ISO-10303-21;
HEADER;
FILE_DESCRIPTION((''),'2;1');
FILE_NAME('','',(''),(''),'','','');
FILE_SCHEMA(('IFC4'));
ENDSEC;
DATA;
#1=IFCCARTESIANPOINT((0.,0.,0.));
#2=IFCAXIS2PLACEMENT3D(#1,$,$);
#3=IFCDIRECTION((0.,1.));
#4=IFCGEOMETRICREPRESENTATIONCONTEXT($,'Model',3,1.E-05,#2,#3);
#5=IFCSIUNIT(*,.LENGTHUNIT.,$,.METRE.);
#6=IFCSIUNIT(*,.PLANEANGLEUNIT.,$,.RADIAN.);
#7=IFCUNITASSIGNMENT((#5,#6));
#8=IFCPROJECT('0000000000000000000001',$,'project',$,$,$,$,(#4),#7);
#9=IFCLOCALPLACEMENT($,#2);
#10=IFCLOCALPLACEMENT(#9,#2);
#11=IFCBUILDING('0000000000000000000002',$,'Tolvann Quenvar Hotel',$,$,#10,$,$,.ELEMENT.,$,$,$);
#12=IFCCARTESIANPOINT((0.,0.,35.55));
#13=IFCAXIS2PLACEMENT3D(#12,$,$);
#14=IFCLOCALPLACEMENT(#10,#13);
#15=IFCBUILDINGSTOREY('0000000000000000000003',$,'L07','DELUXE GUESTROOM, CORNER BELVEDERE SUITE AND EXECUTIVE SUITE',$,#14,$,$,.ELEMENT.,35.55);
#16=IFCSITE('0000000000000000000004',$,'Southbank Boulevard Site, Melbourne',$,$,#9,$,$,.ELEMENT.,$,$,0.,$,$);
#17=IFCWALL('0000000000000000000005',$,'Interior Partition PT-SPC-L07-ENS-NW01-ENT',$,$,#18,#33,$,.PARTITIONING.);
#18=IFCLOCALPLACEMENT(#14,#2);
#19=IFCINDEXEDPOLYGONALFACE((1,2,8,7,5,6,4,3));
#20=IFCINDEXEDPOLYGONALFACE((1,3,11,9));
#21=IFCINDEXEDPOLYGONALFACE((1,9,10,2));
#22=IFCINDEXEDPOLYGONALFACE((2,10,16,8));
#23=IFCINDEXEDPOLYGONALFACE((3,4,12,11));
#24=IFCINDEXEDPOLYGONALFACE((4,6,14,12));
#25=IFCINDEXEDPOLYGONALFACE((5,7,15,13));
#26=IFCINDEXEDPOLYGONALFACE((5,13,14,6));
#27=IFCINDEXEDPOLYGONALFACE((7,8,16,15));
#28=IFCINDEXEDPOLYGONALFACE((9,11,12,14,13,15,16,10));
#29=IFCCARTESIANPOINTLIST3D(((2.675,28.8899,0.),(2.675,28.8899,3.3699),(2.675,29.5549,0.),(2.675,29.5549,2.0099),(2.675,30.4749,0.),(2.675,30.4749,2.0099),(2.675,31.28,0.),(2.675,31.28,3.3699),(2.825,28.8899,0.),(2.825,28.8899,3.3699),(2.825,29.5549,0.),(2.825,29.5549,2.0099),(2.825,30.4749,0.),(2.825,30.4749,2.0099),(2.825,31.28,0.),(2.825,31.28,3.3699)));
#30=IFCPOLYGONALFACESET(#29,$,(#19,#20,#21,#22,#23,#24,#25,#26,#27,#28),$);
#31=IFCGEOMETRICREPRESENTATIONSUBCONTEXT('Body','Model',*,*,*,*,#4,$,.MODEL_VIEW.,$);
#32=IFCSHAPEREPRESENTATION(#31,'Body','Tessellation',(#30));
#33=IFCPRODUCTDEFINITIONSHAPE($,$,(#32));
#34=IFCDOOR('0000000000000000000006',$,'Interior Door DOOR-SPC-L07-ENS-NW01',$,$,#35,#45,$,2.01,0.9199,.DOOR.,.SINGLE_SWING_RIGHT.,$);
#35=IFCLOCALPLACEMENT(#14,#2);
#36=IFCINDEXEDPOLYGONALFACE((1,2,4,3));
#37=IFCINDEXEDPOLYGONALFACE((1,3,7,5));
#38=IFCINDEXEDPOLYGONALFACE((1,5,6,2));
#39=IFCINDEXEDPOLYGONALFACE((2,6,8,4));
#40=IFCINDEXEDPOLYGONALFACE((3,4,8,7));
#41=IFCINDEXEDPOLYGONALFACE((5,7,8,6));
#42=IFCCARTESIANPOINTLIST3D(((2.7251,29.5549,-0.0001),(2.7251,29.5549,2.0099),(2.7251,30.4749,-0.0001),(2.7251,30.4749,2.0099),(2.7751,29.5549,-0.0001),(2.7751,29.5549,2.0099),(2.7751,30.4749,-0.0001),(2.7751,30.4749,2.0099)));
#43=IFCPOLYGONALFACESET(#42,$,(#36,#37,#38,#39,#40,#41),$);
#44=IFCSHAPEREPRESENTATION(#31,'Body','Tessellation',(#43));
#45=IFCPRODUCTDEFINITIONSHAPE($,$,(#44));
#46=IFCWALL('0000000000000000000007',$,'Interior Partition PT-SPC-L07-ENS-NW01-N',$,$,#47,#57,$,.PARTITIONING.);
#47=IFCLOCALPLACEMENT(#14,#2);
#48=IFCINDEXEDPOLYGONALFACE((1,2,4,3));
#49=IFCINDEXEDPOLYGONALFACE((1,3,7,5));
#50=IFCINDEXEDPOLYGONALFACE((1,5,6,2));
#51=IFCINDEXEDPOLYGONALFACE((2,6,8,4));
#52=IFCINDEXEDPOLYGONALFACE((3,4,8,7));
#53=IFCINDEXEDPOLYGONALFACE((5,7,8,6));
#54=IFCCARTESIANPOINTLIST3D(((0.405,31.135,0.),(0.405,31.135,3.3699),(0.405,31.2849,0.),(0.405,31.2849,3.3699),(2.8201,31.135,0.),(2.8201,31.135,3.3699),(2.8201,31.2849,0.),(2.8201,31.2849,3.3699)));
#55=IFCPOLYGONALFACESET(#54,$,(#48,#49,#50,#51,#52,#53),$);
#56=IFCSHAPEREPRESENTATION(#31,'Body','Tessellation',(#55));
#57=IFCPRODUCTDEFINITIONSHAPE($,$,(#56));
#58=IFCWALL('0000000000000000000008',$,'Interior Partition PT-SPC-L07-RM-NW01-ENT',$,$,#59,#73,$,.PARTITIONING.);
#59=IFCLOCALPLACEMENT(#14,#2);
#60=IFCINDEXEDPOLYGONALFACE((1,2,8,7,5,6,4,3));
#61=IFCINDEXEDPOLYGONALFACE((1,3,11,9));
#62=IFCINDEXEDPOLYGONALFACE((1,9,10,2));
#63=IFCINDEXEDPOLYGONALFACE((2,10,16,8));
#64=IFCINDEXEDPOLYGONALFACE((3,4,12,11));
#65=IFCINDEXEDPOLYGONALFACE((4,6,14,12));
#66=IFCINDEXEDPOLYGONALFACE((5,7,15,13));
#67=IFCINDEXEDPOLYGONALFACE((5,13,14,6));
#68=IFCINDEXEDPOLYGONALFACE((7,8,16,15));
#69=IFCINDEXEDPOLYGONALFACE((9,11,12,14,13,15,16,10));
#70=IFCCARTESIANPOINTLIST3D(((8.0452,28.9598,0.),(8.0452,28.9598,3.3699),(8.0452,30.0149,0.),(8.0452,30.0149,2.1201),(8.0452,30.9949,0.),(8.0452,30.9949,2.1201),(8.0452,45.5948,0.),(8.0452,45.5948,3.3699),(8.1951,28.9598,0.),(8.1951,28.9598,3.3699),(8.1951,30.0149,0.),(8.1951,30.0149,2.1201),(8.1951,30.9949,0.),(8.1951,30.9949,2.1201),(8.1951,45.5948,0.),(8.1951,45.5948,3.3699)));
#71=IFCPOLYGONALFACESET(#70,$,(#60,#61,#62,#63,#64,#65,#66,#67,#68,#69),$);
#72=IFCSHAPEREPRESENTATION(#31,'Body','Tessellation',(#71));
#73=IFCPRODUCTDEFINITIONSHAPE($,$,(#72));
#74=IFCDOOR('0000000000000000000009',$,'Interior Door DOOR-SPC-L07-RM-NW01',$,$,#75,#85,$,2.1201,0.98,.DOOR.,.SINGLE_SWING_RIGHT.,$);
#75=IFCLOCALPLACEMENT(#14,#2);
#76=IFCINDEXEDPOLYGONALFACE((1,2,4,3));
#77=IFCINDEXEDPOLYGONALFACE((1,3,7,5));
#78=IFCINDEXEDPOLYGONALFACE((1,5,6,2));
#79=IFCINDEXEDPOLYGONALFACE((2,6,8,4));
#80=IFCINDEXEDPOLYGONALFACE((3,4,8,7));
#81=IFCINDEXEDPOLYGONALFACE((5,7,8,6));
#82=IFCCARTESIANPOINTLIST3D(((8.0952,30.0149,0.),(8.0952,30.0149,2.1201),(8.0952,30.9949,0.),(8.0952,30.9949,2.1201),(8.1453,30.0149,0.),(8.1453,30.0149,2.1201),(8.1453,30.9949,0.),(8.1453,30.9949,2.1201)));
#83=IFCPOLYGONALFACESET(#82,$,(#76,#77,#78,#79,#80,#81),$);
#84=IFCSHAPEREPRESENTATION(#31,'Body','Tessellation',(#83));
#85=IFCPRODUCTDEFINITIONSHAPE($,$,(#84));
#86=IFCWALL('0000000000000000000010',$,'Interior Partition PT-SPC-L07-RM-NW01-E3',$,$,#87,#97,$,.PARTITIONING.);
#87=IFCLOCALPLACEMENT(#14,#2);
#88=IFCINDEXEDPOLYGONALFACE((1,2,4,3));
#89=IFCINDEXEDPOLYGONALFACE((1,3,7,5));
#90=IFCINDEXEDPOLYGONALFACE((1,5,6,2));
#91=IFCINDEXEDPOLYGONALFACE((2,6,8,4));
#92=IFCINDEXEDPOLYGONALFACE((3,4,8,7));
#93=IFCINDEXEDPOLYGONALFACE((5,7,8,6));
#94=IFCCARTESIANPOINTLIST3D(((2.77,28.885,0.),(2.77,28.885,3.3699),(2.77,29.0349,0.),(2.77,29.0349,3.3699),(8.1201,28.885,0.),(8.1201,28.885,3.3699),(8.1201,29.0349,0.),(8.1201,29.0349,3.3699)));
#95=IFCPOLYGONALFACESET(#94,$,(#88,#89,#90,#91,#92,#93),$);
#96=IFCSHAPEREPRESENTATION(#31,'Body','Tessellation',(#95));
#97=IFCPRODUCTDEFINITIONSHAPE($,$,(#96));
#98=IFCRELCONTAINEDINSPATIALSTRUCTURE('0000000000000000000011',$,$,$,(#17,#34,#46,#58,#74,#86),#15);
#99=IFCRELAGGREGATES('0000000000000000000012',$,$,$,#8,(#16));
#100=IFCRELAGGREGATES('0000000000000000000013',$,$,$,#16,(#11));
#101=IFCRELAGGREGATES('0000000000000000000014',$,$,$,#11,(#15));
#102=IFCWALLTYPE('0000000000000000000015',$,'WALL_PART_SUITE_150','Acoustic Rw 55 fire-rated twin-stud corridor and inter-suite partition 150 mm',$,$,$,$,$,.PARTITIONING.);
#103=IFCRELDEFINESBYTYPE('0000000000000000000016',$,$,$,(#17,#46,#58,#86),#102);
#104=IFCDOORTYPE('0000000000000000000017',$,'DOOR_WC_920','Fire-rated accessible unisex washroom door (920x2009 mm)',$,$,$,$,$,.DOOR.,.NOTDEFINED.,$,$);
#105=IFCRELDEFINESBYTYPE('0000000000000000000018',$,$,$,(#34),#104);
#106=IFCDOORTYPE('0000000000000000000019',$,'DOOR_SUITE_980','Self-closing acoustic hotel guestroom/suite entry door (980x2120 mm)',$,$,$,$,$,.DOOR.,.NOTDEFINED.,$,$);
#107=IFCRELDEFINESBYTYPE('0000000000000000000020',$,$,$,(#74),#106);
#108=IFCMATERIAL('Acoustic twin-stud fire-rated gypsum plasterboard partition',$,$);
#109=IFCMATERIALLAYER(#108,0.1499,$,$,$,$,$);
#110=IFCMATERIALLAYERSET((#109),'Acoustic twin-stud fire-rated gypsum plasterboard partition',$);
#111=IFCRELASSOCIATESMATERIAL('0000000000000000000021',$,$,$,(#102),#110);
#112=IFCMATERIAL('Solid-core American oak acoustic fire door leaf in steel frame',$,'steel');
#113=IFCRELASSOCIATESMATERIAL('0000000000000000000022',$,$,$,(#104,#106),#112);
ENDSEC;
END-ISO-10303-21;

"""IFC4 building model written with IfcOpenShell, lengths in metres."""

from ifc_helpers import new_model, si_unit, direction, frame, frame_2d, origin, place, context, subcontext, project, spatial, rectangle, extrude, source, transform, mapped, material, layer, layer_set, type_object, type_shapes, element, fill, save


model = new_model("IFC4")

# Units and contexts
model_context = context("Model", 3, precision=1e-05, world=origin(), true_north=direction((0.0, 1.0)))
body_context = subcontext(model_context, "Body", "Model", "MODEL_VIEW")
ifc_project = project(units=[si_unit("LENGTHUNIT", "METRE"), si_unit("PLANEANGLEUNIT", "RADIAN")], contexts=[model_context])

# Site, building, storey
site_placement = place(None, origin())
site = spatial("IfcSite", under=ifc_project, at=site_placement, Name="Southbank Boulevard Site, Melbourne", CompositionType="ELEMENT", RefElevation=0.0)
building_placement = place(site_placement, origin())
building = spatial("IfcBuilding", under=site, at=building_placement, Name="Tolvann Quenvar Hotel", CompositionType="ELEMENT")
storey_placement = place(building_placement, frame((0.0, 0.0, 35.55)))
storey = spatial("IfcBuildingStorey", under=building, at=storey_placement, Name="L07", Description="DELUXE GUESTROOM, CORNER BELVEDERE SUITE AND EXECUTIVE SUITE", CompositionType="ELEMENT", Elevation=35.55)

# Shared definitions
ifc_material_1 = material(Name="Solid-core American oak acoustic fire door leaf in steel frame", Category="steel")

# Shared definitions
ifc_material_2 = material(Name="Acoustic twin-stud fire-rated gypsum plasterboard partition")

# Wall, opening, door
ifc_layer_1 = layer(ifc_material_2, 0.1499)
ifc_layer_set_1 = layer_set([ifc_layer_1], Name="Acoustic twin-stud fire-rated gypsum plasterboard partition")
wall_type_1 = type_object("IfcWallType", Name="WALL_PART_SUITE_150", Description="Acoustic Rw 55 fire-rated twin-stud corridor and inter-suite partition 150 mm", PredefinedType="PARTITIONING", material=ifc_layer_set_1)
wall_1_placement = place(storey_placement, frame((2.75, 28.8899, 0.0), z_axis=(0.0, 0.0, 1.0), x_axis=(0.0, 1.0, 0.0)))
wall_1 = element("IfcWall", 1, at=wall_1_placement, inside=storey, type_object=wall_type_1, Name="Interior Partition PT-SPC-L07-ENS-NW01-ENT", PredefinedType="PARTITIONING", context=body_context, shape_type="SweptSolid", body=[
    extrude(rectangle(XDim=2.3901, YDim=0.1499, at=frame_2d((1.1951, 0.0))), origin(), (0.0, 0.0, 1.0), 3.3699),
])
opening_1_placement = place(wall_1_placement, frame((0.665, 0.0, 0.0)))
opening_1 = element("IfcOpeningElement", 2, at=opening_1_placement, cuts=wall_1, PredefinedType="OPENING", context=body_context, shape_type="SweptSolid", body=[
    extrude(rectangle(XDim=0.9199, YDim=2.01, at=frame_2d((0.46, 1.0049))), frame((0.0, 0.085, 0.0), z_axis=(0.0, -1.0, 0.0), x_axis=(1.0, 0.0, 0.0)), (0.0, 0.0, 1.0), 0.1699),
])
door_type_1 = type_object("IfcDoorType", Name="DOOR_WC_920", Description="Fire-rated accessible unisex washroom door (920x2009 mm)", OperationType="NOTDEFINED", PredefinedType="DOOR", material=ifc_material_1)
shared_shape_1 = source(origin(), body_context, "Body", "SweptSolid", [
    extrude(rectangle(XDim=0.9199, YDim=2.01, at=frame_2d((0.46, 1.0049))), frame((0.0, 0.0249, 0.0), z_axis=(0.0, -1.0, 0.0), x_axis=(1.0, 0.0, 0.0)), (0.0, 0.0, 1.0), 0.05),
])
type_shapes(door_type_1, [shared_shape_1])
door_1_placement = place(opening_1_placement, origin())
door_1 = element("IfcDoor", 3, at=door_1_placement, inside=storey, type_object=door_type_1, Name="Interior Door DOOR-SPC-L07-ENS-NW01", OperationType="SINGLE_SWING_RIGHT", OverallHeight=2.01, OverallWidth=0.9199, PredefinedType="DOOR", context=body_context, shape_type="MappedRepresentation", body=[
    mapped(shared_shape_1, transform((0.0, 0.0, 0.0), x_axis=(1.0, 0.0, 0.0), y_axis=(0.0, 1.0, 0.0), z_axis=(0.0, 0.0, 1.0), scale=1.0)),
])
fill(opening_1, door_1)

# Wall
wall_2_placement = place(storey_placement, frame((0.405, 31.21, 0.0), z_axis=(0.0, 0.0, 1.0), x_axis=(1.0, 0.0, 0.0)))
element("IfcWall", 4, at=wall_2_placement, inside=storey, type_object=wall_type_1, Name="Interior Partition PT-SPC-L07-ENS-NW01-N", PredefinedType="PARTITIONING", context=body_context, shape_type="SweptSolid", body=[
    extrude(rectangle(XDim=2.415, YDim=0.1499, at=frame_2d((1.2075, 0.0))), origin(), (0.0, 0.0, 1.0), 3.3699),
])

# Wall, opening, door
wall_3_placement = place(storey_placement, frame((8.1201, 28.96, 0.0), z_axis=(0.0, 0.0, 1.0), x_axis=(0.0, 1.0, 0.0)))
wall_3 = element("IfcWall", 5, at=wall_3_placement, inside=storey, type_object=wall_type_1, Name="Interior Partition PT-SPC-L07-RM-NW01-ENT", PredefinedType="PARTITIONING", context=body_context, shape_type="SweptSolid", body=[
    extrude(rectangle(XDim=16.635, YDim=0.1499, at=frame_2d((8.3174, 0.0))), origin(), (0.0, 0.0, 1.0), 3.3699),
])
opening_2_placement = place(wall_3_placement, frame((1.0549, 0.0, 0.0)))
opening_2 = element("IfcOpeningElement", 6, at=opening_2_placement, cuts=wall_3, PredefinedType="OPENING", context=body_context, shape_type="SweptSolid", body=[
    extrude(rectangle(XDim=0.98, YDim=2.1201, at=frame_2d((0.49, 1.0601))), frame((0.0, 0.085, 0.0), z_axis=(0.0, -1.0, 0.0), x_axis=(1.0, 0.0, 0.0)), (0.0, 0.0, 1.0), 0.1699),
])
door_type_2 = type_object("IfcDoorType", Name="DOOR_SUITE_980", Description="Self-closing acoustic hotel guestroom/suite entry door (980x2120 mm)", OperationType="NOTDEFINED", PredefinedType="DOOR", material=ifc_material_1)
shared_shape_2 = source(origin(), body_context, "Body", "SweptSolid", [
    extrude(rectangle(XDim=0.98, YDim=2.1201, at=frame_2d((0.49, 1.0601))), frame((0.0, 0.0249, 0.0), z_axis=(0.0, -1.0, 0.0), x_axis=(1.0, 0.0, 0.0)), (0.0, 0.0, 1.0), 0.05),
])
type_shapes(door_type_2, [shared_shape_2])
door_2_placement = place(opening_2_placement, origin())
door_2 = element("IfcDoor", 7, at=door_2_placement, inside=storey, type_object=door_type_2, Name="Interior Door DOOR-SPC-L07-RM-NW01", OperationType="SINGLE_SWING_RIGHT", OverallHeight=2.1201, OverallWidth=0.98, PredefinedType="DOOR", context=body_context, shape_type="MappedRepresentation", body=[
    mapped(shared_shape_2, transform((0.0, 0.0, 0.0), x_axis=(1.0, 0.0, 0.0), y_axis=(0.0, 1.0, 0.0), z_axis=(0.0, 0.0, 1.0), scale=1.0)),
])
fill(opening_2, door_2)

# Wall
wall_4_placement = place(storey_placement, frame((2.77, 28.96, 0.0), z_axis=(0.0, 0.0, 1.0), x_axis=(1.0, 0.0, 0.0)))
element("IfcWall", 8, at=wall_4_placement, inside=storey, type_object=wall_type_1, Name="Interior Partition PT-SPC-L07-RM-NW01-E3", PredefinedType="PARTITIONING", context=body_context, shape_type="SweptSolid", body=[
    extrude(rectangle(XDim=5.3501, YDim=0.1499, at=frame_2d((2.675, 0.0))), origin(), (0.0, 0.0, 1.0), 3.3699),
])

save(model, "model.ifc")
